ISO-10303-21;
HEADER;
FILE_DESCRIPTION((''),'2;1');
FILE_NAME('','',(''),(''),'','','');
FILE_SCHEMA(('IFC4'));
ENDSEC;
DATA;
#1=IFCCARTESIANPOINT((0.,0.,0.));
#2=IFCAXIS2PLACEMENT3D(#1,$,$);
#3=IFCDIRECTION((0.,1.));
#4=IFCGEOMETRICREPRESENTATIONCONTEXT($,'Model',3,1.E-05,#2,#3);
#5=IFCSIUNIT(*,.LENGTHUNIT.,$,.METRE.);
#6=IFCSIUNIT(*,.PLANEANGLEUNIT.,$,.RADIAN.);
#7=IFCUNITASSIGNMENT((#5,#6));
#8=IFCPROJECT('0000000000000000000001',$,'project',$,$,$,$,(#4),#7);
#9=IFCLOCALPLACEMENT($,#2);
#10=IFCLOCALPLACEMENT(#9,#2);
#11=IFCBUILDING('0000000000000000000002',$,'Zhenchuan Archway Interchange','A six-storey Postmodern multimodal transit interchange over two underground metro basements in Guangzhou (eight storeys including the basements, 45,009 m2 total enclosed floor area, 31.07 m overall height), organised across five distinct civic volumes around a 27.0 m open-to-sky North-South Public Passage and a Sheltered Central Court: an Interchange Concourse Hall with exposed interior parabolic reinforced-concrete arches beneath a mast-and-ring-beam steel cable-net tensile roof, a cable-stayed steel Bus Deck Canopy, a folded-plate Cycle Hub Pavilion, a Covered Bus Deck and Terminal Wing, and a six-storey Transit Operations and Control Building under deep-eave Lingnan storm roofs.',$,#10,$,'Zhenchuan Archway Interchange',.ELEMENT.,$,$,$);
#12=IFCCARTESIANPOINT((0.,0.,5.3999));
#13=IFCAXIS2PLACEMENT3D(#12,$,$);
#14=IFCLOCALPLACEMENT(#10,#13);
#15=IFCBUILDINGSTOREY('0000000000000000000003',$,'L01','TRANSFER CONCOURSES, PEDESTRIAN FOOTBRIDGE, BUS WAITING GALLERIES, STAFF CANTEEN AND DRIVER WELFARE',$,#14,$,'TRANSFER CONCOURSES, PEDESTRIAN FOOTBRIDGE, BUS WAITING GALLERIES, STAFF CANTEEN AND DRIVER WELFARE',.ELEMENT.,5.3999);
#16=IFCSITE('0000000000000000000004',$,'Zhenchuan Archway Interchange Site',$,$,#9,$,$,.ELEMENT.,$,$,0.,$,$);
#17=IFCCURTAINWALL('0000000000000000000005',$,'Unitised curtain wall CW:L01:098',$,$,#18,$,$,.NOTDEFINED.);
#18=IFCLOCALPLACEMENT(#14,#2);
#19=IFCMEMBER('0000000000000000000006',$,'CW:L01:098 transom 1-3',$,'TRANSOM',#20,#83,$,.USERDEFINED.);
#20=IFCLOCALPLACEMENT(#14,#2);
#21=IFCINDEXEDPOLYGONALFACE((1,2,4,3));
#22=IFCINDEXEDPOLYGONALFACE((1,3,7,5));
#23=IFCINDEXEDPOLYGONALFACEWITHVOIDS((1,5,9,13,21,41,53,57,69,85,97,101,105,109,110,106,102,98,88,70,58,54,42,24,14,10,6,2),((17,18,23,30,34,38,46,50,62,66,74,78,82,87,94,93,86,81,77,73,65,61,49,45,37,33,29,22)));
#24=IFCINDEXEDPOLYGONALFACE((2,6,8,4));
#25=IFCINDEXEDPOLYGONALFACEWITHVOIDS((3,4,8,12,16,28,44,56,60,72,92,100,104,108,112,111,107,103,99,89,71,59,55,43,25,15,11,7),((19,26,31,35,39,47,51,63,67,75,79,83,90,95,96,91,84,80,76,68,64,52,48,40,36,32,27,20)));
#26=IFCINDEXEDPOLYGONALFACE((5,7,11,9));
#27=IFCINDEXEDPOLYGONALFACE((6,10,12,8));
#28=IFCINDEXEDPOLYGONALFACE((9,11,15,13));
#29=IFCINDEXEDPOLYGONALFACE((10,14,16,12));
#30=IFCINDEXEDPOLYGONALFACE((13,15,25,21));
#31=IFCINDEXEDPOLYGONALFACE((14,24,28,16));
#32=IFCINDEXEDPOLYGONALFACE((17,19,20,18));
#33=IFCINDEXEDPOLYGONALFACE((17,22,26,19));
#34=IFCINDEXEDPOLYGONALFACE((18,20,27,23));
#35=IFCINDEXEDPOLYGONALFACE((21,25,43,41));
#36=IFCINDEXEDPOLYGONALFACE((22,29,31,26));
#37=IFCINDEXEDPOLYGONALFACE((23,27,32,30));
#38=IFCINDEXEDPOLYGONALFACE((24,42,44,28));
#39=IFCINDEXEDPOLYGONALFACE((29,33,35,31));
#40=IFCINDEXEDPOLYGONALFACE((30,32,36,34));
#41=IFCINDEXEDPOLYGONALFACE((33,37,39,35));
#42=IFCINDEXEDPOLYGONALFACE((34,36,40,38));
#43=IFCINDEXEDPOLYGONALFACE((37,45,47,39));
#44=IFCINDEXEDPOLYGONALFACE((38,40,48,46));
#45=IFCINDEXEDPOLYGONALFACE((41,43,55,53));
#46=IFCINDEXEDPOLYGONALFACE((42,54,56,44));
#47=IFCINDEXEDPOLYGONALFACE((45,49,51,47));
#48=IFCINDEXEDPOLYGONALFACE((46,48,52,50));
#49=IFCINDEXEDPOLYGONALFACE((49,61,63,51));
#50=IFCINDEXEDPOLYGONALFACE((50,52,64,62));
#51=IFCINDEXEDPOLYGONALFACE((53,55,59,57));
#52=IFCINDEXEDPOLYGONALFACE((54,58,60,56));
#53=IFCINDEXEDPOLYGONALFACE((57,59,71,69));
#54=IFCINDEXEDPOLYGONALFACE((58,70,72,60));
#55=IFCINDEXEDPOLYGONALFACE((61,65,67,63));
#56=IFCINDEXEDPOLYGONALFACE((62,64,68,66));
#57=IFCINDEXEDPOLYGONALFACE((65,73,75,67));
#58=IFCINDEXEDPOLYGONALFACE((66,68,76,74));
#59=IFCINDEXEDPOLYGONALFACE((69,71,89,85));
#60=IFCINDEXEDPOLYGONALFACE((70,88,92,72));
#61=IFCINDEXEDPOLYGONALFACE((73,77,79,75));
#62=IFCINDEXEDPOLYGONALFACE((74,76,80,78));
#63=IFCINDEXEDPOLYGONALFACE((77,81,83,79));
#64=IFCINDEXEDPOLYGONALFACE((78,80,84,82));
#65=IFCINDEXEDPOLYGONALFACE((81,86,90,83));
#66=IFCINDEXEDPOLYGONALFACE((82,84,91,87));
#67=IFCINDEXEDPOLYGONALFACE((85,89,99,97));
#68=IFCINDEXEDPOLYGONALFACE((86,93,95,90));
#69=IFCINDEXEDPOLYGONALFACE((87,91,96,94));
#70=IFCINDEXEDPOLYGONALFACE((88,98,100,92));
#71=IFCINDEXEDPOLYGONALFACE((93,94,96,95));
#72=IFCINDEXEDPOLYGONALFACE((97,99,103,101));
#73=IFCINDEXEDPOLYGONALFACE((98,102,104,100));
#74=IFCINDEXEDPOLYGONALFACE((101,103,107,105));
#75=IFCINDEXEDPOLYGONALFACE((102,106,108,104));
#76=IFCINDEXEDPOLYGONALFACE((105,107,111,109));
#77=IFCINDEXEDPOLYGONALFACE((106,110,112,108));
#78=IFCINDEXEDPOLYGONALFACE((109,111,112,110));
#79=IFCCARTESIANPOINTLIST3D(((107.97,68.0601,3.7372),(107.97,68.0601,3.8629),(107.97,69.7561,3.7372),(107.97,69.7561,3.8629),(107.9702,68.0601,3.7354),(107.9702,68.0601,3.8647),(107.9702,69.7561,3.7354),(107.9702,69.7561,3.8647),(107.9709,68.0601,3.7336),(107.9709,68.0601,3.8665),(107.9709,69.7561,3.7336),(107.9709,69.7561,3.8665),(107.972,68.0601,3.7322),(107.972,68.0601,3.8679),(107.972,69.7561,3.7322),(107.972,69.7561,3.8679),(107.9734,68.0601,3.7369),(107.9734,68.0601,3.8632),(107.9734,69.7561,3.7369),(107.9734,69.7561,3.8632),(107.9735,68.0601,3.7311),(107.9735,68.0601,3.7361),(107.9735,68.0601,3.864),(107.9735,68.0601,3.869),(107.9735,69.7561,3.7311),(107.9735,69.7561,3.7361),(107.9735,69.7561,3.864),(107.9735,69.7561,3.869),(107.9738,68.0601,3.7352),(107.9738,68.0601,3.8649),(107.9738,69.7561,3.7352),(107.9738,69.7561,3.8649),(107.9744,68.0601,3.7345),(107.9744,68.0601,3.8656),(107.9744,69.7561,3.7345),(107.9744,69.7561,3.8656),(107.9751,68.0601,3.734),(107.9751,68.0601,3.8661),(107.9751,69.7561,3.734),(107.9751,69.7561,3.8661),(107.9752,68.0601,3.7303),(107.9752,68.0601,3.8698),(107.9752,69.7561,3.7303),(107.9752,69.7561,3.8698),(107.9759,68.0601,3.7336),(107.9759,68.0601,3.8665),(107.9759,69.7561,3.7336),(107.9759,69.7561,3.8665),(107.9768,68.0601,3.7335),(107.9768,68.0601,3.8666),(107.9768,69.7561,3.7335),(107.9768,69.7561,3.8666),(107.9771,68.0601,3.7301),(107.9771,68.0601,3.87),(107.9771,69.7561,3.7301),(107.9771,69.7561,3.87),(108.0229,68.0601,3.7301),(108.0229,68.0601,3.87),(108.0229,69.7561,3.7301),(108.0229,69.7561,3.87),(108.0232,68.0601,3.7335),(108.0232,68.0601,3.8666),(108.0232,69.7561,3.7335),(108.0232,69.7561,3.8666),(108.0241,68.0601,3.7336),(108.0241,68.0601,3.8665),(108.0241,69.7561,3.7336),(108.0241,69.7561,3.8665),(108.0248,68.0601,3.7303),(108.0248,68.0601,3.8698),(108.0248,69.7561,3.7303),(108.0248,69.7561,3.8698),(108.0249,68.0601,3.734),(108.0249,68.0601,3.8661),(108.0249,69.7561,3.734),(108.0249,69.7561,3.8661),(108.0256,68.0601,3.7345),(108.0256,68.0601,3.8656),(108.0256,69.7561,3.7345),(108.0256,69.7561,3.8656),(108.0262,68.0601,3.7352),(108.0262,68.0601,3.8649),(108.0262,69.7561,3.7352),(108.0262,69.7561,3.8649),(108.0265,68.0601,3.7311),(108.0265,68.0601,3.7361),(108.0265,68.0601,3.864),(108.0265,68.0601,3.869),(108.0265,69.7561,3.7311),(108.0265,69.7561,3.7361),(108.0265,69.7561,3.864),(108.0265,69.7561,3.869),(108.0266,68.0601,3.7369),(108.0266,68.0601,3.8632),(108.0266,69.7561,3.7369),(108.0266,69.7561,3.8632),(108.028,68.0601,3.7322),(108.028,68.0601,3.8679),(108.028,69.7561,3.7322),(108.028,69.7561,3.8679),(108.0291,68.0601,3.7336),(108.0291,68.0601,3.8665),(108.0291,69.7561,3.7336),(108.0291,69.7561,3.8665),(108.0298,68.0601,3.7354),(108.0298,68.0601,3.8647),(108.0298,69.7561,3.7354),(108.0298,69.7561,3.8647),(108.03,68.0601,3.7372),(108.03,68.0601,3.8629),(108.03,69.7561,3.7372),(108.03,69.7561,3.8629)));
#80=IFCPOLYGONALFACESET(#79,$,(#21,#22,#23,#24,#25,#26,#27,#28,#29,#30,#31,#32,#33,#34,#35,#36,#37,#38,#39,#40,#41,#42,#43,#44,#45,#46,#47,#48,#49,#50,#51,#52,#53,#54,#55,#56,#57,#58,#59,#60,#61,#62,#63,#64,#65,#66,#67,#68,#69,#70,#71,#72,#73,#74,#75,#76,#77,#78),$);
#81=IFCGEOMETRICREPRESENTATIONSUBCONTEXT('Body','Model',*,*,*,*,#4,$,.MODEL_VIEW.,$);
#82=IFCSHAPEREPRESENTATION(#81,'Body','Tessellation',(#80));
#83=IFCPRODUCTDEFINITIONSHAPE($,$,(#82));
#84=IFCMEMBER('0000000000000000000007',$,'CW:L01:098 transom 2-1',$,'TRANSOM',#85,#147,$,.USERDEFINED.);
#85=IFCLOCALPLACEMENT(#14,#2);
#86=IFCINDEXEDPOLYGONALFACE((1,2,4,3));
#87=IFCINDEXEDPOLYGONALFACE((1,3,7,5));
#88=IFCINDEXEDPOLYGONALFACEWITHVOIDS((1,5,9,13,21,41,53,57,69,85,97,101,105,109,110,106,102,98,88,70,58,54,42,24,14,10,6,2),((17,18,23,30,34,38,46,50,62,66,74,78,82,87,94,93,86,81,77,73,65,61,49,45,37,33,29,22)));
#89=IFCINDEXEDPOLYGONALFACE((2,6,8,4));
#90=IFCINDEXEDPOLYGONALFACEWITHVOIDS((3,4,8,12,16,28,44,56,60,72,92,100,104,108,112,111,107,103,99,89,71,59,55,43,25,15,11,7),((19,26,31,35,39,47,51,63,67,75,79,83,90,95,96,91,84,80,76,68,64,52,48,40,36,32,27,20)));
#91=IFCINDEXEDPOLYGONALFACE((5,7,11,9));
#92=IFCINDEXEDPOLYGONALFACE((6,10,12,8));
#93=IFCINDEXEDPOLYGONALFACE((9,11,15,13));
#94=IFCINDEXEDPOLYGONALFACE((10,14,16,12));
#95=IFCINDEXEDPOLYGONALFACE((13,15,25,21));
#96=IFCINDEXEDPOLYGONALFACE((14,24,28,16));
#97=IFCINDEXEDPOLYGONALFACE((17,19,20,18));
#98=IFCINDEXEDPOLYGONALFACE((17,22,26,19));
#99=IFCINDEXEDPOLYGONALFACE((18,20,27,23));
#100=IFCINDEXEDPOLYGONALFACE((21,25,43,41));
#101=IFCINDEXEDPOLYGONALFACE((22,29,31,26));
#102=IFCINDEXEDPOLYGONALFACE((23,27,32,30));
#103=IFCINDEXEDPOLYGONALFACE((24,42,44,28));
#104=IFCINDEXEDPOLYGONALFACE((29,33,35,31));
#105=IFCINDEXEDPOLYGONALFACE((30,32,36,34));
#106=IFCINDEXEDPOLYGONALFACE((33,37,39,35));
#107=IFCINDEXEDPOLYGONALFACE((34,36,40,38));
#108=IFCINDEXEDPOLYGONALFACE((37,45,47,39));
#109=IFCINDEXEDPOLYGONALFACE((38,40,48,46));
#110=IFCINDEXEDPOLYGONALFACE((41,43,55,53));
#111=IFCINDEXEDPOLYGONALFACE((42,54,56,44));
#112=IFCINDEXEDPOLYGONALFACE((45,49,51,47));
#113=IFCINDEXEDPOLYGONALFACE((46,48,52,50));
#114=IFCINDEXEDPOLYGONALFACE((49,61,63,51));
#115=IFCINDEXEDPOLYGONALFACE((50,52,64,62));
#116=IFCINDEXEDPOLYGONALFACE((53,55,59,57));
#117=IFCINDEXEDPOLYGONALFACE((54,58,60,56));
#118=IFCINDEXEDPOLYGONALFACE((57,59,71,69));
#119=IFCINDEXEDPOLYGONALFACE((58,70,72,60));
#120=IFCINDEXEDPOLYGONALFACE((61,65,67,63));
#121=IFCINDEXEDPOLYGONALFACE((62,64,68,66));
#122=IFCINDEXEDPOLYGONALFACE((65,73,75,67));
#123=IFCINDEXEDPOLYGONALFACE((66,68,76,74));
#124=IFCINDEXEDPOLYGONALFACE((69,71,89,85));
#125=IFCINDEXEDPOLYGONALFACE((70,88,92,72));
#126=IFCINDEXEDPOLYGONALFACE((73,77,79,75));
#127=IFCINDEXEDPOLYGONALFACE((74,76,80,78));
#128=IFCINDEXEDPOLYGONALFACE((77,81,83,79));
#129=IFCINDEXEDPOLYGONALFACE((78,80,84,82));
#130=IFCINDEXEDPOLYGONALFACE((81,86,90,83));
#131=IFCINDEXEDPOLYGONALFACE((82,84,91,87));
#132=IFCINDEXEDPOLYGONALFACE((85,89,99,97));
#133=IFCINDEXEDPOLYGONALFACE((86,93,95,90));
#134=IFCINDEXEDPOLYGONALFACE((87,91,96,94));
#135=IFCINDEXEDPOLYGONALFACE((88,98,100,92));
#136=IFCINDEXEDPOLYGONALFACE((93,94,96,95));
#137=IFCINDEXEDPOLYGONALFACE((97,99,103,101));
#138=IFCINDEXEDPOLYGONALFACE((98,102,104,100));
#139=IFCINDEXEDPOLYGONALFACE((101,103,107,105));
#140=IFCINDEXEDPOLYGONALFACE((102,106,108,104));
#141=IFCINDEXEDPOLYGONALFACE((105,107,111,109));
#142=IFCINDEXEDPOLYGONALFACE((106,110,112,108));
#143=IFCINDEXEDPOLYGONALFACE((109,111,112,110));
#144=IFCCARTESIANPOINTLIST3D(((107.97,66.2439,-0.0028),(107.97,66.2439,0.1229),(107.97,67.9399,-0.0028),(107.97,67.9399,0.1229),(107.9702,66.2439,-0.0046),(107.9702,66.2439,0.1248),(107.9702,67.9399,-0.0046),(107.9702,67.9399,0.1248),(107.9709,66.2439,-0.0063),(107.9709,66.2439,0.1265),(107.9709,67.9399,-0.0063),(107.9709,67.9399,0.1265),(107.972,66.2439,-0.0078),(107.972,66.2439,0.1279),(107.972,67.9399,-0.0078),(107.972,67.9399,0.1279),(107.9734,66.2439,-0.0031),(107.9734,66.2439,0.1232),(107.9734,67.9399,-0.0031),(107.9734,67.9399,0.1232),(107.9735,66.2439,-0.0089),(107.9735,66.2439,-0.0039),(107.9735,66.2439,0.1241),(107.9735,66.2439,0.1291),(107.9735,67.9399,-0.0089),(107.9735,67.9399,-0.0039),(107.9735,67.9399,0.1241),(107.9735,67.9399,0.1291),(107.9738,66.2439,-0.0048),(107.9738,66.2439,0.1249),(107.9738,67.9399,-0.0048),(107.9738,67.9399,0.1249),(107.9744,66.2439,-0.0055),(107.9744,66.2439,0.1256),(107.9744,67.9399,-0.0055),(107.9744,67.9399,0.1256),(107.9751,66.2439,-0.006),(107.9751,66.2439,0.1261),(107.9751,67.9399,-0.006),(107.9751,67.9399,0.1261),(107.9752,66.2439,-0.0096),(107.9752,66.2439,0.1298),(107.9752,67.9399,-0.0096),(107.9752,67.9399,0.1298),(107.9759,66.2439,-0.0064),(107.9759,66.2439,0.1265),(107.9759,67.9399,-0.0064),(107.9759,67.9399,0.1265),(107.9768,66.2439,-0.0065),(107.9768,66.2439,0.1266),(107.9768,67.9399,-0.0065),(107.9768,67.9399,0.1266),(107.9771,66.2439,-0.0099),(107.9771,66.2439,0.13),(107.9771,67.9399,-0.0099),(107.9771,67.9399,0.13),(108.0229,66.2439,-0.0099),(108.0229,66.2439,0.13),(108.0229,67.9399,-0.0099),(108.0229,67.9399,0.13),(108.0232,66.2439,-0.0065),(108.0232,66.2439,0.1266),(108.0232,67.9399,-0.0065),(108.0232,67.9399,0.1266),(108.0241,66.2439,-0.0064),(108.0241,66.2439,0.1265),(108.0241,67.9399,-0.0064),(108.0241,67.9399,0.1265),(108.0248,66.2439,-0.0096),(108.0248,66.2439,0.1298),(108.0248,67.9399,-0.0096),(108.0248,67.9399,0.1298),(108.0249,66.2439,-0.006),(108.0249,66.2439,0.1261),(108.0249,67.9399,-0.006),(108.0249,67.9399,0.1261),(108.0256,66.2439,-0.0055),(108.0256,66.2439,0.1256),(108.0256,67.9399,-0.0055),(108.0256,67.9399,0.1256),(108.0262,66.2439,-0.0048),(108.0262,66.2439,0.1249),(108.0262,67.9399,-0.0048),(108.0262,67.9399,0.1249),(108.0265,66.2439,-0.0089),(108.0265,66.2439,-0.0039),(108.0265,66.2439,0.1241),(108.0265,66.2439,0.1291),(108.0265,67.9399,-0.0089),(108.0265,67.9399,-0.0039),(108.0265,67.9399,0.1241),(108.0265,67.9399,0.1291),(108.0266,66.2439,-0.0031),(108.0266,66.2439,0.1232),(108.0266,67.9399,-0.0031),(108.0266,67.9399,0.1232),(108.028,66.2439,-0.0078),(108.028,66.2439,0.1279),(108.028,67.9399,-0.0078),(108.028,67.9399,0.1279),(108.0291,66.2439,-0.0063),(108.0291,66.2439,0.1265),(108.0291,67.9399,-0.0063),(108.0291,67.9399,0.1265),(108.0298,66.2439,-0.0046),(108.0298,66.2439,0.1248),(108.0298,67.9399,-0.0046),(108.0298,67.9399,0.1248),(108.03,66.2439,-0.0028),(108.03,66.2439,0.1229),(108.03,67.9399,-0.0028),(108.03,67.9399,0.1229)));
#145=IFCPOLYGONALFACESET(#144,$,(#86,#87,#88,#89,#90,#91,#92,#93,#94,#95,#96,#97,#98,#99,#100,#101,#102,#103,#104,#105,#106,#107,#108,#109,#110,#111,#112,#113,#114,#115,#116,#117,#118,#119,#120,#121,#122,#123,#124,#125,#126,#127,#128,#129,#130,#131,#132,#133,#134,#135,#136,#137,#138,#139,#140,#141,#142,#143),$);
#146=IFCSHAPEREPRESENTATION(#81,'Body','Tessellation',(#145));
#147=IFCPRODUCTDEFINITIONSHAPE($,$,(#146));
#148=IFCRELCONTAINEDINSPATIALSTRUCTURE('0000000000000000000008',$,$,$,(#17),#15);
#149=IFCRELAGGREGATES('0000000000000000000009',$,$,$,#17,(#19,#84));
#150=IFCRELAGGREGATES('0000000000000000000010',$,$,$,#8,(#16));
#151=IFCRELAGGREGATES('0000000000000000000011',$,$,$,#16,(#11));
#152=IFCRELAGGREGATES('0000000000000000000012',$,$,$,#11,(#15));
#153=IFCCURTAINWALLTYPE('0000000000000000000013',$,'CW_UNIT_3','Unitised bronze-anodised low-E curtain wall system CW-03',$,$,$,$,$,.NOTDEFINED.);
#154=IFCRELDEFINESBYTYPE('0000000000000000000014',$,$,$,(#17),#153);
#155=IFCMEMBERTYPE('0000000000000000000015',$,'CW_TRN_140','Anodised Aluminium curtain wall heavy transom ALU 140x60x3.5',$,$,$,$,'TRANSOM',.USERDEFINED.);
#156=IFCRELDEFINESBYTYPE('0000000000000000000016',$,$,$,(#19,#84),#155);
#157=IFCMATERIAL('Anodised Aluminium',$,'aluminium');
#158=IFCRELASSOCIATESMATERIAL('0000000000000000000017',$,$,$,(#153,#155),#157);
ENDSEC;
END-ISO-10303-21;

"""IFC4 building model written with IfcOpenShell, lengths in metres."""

from ifc_helpers import new_model, si_unit, direction, frame, origin, origin_2d, place, context, subcontext, project, spatial, hollow_rectangle, extrude, material, material_profile, profile_set, type_object, element, aggregate, save


model = new_model("IFC4")

# Units and contexts
model_context = context("Model", 3, precision=1e-05, world=origin(), true_north=direction((0.0, 1.0)))
body_context = subcontext(model_context, "Body", "Model", "MODEL_VIEW")
ifc_project = project(units=[si_unit("LENGTHUNIT", "METRE"), si_unit("PLANEANGLEUNIT", "RADIAN")], contexts=[model_context])

# Site, building, storey
site_placement = place(None, origin())
site = spatial("IfcSite", under=ifc_project, at=site_placement, Name="Zhenchuan Archway Interchange Site", CompositionType="ELEMENT", RefElevation=0.0)
building_placement = place(site_placement, origin())
building = spatial("IfcBuilding", under=site, at=building_placement, Name="Zhenchuan Archway Interchange", Description="A six-storey Postmodern multimodal transit interchange over two underground metro basements in Guangzhou (eight storeys including the basements, 45,009 m2 total enclosed floor area, 31.07 m overall height), organised across five distinct civic volumes around a 27.0 m open-to-sky North-South Public Passage and a Sheltered Central Court: an Interchange Concourse Hall with exposed interior parabolic reinforced-concrete arches beneath a mast-and-ring-beam steel cable-net tensile roof, a cable-stayed steel Bus Deck Canopy, a folded-plate Cycle Hub Pavilion, a Covered Bus Deck and Terminal Wing, and a six-storey Transit Operations and Control Building under deep-eave Lingnan storm roofs.", LongName="Zhenchuan Archway Interchange", CompositionType="ELEMENT")
storey_placement = place(building_placement, frame((0.0, 0.0, 5.3999)))
storey = spatial("IfcBuildingStorey", under=building, at=storey_placement, Name="L01", Description="TRANSFER CONCOURSES, PEDESTRIAN FOOTBRIDGE, BUS WAITING GALLERIES, STAFF CANTEEN AND DRIVER WELFARE", LongName="TRANSFER CONCOURSES, PEDESTRIAN FOOTBRIDGE, BUS WAITING GALLERIES, STAFF CANTEEN AND DRIVER WELFARE", CompositionType="ELEMENT", Elevation=5.3999)

# Curtain wall, members
ifc_material_1 = material(Name="Anodised Aluminium", Category="aluminium")
curtain_wall_type = type_object("IfcCurtainWallType", Name="CW_UNIT_3", Description="Unitised bronze-anodised low-E curtain wall system CW-03", PredefinedType="NOTDEFINED", material=ifc_material_1)
curtain_wall_placement = place(storey_placement, origin())
curtain_wall = element("IfcCurtainWall", 1, at=curtain_wall_placement, inside=storey, type_object=curtain_wall_type, Name="Unitised curtain wall CW:L01:098", PredefinedType="NOTDEFINED")
ifc_material_profile_1 = material_profile(ifc_material_1, hollow_rectangle(XDim=0.0601, YDim=0.1399, WallThickness=0.0034, InnerFilletRadius=0.0034, OuterFilletRadius=0.0071, at=origin_2d()), Name="ALU 140x60x3.5")
ifc_profile_set_1 = profile_set([ifc_material_profile_1], Name="Anodised Aluminium")
member_type_1 = type_object("IfcMemberType", Name="CW_TRN_140", Description="Anodised Aluminium curtain wall heavy transom ALU 140x60x3.5", ElementType="TRANSOM", PredefinedType="USERDEFINED", material=ifc_profile_set_1)
member_1_placement = place(storey_placement, frame((108.0, 69.7561, 3.8), z_axis=(0.0, -1.0, 0.0), x_axis=(1.0, 0.0, 0.0)))
member_1 = element("IfcMember", 2, at=member_1_placement, type_object=member_type_1, Name="CW:L01:098 transom 1-3", ObjectType="TRANSOM", PredefinedType="USERDEFINED", context=body_context, shape_type="SweptSolid", body=[
    extrude(hollow_rectangle(XDim=0.0601, YDim=0.1399, WallThickness=0.0034, InnerFilletRadius=0.0034, OuterFilletRadius=0.0071, at=origin_2d()), origin(), (0.0, 0.0, 1.0), 1.696),
])
member_2_placement = place(storey_placement, frame((108.0, 67.9399, 0.0601), z_axis=(0.0, -1.0, 0.0), x_axis=(1.0, 0.0, 0.0)))
member_2 = element("IfcMember", 3, at=member_2_placement, type_object=member_type_1, Name="CW:L01:098 transom 2-1", ObjectType="TRANSOM", PredefinedType="USERDEFINED", context=body_context, shape_type="SweptSolid", body=[
    extrude(hollow_rectangle(XDim=0.0601, YDim=0.1399, WallThickness=0.0034, InnerFilletRadius=0.0034, OuterFilletRadius=0.0071, at=origin_2d()), origin(), (0.0, 0.0, 1.0), 1.696),
])

aggregate(curtain_wall, [member_1, member_2])

save(model, "model.ifc")
